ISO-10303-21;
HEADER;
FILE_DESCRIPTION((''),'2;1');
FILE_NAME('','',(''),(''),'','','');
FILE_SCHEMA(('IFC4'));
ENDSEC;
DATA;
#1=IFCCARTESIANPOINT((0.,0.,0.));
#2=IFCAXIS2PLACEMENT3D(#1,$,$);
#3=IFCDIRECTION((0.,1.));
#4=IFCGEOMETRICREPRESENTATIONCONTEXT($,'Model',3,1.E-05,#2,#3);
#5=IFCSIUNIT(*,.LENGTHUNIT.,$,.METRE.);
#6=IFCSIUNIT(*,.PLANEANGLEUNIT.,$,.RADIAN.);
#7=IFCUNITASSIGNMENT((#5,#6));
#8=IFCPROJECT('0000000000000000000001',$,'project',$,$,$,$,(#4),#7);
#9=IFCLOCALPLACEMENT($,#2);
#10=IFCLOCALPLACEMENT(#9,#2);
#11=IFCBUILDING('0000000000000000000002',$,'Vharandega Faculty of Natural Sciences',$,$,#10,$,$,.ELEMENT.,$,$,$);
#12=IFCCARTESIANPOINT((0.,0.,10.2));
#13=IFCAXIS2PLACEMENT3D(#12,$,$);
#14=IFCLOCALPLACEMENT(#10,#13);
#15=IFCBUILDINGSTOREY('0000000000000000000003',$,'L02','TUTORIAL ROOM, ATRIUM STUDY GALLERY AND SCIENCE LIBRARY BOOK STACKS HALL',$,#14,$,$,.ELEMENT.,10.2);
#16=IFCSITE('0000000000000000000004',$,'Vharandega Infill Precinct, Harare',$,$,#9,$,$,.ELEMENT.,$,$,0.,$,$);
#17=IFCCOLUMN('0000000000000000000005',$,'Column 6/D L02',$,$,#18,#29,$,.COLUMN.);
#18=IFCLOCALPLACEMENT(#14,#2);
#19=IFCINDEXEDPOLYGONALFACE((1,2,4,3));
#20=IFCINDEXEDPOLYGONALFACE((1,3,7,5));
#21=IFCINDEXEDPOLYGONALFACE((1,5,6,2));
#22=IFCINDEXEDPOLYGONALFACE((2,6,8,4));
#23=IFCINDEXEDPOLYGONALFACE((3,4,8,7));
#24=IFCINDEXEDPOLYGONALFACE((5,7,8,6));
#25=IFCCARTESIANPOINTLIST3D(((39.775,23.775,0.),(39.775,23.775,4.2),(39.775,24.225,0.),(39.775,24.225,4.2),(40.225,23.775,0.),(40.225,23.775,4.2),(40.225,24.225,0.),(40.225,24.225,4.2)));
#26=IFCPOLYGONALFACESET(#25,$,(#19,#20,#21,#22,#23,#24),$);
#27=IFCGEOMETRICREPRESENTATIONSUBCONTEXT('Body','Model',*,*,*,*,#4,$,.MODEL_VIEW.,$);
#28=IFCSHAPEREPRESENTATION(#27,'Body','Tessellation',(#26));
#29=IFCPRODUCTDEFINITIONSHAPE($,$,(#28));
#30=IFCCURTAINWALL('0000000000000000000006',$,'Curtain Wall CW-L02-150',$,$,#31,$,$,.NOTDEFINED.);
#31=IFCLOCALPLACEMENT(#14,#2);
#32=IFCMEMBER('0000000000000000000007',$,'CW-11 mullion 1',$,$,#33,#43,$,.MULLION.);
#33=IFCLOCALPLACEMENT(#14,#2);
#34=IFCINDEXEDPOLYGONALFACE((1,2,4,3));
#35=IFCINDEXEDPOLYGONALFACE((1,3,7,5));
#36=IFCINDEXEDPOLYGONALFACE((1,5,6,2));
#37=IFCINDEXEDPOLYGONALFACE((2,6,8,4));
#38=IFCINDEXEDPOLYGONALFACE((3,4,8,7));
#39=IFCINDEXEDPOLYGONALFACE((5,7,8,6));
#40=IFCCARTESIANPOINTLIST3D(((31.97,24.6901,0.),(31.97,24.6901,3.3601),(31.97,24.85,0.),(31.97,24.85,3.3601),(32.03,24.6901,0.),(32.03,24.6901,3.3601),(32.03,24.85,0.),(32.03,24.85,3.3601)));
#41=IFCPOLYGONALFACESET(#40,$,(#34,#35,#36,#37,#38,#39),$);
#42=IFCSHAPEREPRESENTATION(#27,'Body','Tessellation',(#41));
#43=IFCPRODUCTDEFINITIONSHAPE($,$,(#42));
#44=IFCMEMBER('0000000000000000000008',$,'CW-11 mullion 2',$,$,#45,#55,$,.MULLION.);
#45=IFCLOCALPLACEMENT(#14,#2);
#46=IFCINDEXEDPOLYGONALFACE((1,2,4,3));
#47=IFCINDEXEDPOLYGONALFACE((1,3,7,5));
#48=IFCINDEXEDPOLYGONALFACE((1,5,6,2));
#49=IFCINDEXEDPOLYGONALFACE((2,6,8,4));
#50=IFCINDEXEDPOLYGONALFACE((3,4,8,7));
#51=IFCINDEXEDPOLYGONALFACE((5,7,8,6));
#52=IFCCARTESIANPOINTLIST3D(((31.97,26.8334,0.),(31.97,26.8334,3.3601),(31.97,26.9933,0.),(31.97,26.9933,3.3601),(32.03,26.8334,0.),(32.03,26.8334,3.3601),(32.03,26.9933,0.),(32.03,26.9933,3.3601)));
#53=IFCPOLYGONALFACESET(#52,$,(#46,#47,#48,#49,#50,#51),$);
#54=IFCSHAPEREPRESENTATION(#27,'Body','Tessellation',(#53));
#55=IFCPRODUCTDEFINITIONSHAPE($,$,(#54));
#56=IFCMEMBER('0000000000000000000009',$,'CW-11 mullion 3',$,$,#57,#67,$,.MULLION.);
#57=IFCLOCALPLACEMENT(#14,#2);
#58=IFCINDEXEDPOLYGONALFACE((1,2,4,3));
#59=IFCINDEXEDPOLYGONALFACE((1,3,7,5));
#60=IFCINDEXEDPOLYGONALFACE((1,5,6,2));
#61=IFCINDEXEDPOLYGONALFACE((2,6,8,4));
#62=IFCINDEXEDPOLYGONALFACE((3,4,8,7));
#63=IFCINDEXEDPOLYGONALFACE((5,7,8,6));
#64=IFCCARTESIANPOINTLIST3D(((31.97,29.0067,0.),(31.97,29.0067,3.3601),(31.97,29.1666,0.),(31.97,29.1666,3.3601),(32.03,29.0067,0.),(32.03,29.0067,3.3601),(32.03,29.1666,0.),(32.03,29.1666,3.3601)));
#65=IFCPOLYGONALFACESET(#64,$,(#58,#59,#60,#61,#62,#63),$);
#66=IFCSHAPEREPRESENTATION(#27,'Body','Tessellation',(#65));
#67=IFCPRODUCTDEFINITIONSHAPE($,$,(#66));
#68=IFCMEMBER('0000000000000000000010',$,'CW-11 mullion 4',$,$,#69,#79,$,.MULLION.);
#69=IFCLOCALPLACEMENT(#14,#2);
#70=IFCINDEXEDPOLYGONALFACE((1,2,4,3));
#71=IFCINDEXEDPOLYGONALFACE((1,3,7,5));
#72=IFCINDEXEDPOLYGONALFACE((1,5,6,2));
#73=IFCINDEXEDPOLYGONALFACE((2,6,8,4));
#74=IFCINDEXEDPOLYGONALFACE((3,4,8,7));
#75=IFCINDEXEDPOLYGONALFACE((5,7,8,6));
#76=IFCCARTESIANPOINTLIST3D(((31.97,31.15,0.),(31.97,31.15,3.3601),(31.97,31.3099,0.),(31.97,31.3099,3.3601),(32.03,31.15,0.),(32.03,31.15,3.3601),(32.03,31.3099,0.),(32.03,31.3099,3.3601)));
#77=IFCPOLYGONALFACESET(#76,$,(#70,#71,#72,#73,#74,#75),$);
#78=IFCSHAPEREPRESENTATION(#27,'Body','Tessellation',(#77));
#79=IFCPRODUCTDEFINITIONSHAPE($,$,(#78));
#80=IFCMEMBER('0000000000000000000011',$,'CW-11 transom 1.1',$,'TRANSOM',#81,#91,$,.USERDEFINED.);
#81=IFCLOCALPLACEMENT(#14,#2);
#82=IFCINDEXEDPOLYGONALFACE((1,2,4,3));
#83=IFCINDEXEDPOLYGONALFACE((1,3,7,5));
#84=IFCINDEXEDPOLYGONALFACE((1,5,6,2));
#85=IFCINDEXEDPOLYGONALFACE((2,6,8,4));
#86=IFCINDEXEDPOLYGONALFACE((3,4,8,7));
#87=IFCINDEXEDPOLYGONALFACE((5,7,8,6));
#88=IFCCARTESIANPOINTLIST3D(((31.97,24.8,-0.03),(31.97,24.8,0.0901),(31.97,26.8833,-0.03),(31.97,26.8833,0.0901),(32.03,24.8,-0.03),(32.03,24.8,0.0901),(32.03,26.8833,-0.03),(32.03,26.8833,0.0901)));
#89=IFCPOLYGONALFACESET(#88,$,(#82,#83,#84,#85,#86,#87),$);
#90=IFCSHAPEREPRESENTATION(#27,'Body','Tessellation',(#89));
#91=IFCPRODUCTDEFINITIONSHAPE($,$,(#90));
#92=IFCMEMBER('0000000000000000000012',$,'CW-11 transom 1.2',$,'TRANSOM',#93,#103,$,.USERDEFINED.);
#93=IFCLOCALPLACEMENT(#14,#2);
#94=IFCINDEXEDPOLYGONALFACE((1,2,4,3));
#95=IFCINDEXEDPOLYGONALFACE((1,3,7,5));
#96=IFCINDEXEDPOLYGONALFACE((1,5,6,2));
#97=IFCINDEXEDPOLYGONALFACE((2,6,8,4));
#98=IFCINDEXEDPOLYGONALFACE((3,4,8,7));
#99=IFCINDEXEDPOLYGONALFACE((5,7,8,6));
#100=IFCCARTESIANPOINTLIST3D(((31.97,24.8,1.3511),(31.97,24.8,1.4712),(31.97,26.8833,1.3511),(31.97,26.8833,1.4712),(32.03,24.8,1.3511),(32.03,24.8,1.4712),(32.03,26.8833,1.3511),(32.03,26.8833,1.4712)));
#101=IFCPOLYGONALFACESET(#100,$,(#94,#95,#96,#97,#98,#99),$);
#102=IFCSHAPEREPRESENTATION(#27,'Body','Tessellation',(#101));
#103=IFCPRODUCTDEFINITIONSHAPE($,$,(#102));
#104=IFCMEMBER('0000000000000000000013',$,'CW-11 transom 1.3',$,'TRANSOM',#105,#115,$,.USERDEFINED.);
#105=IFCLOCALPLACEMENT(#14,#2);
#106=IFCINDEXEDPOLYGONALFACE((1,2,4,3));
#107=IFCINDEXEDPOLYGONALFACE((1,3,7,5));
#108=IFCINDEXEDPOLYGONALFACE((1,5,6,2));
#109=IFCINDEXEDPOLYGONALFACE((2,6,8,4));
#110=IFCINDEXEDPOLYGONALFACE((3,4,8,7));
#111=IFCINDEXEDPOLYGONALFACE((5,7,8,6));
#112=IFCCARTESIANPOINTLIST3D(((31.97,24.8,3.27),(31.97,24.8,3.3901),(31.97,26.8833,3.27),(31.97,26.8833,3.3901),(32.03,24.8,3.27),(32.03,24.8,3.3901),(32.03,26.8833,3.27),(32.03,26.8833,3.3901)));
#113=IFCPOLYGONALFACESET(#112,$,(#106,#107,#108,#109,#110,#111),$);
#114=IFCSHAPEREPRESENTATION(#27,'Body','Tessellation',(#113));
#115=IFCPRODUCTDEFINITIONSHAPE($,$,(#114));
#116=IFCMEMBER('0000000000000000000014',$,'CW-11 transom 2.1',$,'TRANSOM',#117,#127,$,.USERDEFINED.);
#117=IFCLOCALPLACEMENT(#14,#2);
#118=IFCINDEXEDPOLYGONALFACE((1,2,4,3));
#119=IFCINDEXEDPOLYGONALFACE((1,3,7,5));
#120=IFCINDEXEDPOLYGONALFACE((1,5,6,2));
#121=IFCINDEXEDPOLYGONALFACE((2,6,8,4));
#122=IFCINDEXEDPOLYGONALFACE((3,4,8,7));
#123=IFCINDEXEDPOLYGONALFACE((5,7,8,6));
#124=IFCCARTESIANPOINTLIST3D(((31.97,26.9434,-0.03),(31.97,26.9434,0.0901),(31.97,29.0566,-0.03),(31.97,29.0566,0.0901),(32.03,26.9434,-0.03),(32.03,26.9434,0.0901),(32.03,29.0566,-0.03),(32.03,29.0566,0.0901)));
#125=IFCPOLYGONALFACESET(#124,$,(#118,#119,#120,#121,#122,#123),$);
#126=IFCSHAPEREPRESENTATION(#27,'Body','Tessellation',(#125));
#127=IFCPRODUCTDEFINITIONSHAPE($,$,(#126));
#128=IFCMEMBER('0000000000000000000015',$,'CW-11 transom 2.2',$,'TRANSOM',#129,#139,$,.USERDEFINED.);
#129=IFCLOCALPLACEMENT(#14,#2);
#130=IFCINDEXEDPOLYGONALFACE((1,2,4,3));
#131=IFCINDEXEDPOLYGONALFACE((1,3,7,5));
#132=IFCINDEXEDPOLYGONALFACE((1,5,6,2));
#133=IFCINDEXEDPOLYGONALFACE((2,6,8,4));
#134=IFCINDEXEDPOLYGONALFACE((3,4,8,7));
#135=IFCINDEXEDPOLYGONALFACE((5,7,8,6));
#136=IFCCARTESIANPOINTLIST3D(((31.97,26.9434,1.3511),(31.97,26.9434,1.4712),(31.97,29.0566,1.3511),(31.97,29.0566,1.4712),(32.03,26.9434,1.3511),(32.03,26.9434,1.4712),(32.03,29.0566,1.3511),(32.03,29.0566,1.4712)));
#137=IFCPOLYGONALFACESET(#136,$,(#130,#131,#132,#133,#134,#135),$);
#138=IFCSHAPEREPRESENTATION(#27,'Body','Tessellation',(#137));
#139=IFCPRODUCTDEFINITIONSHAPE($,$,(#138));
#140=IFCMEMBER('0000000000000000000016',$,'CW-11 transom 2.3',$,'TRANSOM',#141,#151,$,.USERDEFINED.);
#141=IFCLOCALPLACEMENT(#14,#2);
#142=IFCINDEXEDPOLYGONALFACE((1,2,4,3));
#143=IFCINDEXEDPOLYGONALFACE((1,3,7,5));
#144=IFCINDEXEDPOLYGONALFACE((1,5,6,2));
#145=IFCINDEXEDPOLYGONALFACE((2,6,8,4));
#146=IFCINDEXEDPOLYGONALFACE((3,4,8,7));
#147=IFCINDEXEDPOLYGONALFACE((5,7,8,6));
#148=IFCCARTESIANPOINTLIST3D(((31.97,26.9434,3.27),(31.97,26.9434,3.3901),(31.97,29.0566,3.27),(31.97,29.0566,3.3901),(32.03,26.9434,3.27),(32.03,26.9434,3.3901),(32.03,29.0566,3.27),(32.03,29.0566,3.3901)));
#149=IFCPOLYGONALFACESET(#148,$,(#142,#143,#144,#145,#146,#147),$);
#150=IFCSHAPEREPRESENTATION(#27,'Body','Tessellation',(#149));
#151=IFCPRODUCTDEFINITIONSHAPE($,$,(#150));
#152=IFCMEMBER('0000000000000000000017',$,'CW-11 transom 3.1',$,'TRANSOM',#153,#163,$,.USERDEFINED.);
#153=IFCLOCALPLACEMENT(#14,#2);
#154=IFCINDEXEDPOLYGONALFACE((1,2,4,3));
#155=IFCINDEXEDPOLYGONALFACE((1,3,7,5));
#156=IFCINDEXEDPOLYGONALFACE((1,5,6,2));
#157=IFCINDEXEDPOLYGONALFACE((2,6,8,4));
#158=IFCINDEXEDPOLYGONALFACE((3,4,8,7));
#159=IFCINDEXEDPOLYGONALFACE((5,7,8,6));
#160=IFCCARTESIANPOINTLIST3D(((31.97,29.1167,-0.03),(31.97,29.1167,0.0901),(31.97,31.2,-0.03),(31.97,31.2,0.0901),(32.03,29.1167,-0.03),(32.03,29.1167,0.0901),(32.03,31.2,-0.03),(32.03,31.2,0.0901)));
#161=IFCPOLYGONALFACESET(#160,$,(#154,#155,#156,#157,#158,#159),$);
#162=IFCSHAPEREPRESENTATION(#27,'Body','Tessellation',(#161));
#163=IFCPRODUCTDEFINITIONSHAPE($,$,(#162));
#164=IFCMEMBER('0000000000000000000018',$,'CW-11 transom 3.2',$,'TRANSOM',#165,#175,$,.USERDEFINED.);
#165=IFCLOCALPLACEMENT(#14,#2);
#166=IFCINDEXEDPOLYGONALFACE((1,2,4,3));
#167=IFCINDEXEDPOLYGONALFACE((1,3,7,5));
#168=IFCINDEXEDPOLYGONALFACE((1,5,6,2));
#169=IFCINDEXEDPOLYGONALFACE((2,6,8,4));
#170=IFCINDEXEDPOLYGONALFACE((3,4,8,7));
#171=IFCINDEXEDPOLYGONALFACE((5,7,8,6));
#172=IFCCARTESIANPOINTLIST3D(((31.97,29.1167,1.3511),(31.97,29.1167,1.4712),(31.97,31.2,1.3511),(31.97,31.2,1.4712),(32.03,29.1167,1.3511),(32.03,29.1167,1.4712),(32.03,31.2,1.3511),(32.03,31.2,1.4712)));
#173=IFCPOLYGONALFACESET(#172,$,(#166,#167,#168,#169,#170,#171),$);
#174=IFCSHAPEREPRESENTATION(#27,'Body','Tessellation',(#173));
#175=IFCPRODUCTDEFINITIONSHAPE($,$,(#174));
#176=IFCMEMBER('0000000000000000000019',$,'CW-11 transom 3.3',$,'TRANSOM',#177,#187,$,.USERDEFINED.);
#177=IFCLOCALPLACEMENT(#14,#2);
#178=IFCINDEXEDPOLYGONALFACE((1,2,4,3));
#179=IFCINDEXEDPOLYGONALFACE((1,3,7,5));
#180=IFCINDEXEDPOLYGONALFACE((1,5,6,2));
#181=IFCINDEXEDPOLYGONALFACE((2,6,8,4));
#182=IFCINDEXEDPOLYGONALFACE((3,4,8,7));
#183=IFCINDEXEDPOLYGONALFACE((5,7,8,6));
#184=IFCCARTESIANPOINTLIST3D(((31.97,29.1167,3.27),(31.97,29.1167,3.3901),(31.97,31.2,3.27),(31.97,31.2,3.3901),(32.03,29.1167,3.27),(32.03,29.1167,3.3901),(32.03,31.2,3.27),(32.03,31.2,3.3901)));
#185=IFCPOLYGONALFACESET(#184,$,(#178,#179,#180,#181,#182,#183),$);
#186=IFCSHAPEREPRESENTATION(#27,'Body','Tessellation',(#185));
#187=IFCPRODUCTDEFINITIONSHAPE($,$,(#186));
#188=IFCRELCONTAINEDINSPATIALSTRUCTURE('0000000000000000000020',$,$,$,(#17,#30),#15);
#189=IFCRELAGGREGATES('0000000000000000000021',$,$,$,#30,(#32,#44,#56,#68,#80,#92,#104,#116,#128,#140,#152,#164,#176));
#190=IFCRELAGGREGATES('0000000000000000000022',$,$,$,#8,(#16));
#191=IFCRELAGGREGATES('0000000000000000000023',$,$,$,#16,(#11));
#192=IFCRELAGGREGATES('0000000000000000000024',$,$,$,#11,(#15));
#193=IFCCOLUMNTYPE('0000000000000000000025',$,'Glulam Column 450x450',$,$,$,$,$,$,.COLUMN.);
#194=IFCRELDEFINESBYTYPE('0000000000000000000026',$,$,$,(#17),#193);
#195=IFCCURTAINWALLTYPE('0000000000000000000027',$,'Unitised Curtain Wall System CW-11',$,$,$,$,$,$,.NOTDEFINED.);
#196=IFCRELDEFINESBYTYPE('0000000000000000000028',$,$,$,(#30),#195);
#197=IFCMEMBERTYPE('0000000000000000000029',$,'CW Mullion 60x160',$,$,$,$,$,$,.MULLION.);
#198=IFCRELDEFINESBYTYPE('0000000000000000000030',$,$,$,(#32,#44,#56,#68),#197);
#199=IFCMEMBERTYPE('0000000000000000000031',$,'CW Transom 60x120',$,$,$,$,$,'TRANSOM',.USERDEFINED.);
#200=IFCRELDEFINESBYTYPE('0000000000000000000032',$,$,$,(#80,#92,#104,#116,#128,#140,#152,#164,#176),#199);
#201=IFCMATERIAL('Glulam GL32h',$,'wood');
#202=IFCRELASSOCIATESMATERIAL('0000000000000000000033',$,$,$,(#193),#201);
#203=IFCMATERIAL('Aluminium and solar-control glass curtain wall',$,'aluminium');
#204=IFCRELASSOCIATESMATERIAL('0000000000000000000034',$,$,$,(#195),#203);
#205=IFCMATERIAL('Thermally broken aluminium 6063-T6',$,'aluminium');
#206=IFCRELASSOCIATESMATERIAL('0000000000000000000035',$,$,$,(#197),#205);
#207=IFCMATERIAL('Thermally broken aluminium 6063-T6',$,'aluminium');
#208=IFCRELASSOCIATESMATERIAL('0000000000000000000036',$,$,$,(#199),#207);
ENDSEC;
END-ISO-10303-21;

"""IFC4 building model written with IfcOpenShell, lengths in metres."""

from ifc_helpers import new_model, si_unit, direction, frame, origin, origin_2d, place, context, subcontext, project, spatial, rectangle, extrude, material, material_profile, profile_set, type_object, element, aggregate, save


model = new_model("IFC4")

# Units and contexts
model_context = context("Model", 3, precision=1e-05, world=origin(), true_north=direction((0.0, 1.0)))
body_context = subcontext(model_context, "Body", "Model", "MODEL_VIEW")
ifc_project = project(units=[si_unit("LENGTHUNIT", "METRE"), si_unit("PLANEANGLEUNIT", "RADIAN")], contexts=[model_context])

# Site, building, storey
site_placement = place(None, origin())
site = spatial("IfcSite", under=ifc_project, at=site_placement, Name="Vharandega Infill Precinct, Harare", CompositionType="ELEMENT", RefElevation=0.0)
building_placement = place(site_placement, origin())
building = spatial("IfcBuilding", under=site, at=building_placement, Name="Vharandega Faculty of Natural Sciences", CompositionType="ELEMENT")
storey_placement = place(building_placement, frame((0.0, 0.0, 10.2)))
storey = spatial("IfcBuildingStorey", under=building, at=storey_placement, Name="L02", Description="TUTORIAL ROOM, ATRIUM STUDY GALLERY AND SCIENCE LIBRARY BOOK STACKS HALL", CompositionType="ELEMENT", Elevation=10.2)

# Column
ifc_material_1 = material(Name="Glulam GL32h", Category="wood")
ifc_material_profile_1 = material_profile(ifc_material_1, rectangle(XDim=0.45, YDim=0.45, at=origin_2d()), Name="GL32h 450x450")
ifc_profile_set_1 = profile_set([ifc_material_profile_1], Name="Glulam GL32h")
column_type = type_object("IfcColumnType", Name="Glulam Column 450x450", PredefinedType="COLUMN", material=ifc_profile_set_1)
column_placement = place(storey_placement, frame((40.0, 24.0, 0.0), z_axis=(0.0, 0.0, 1.0), x_axis=(1.0, 0.0, 0.0)))
element("IfcColumn", 1, at=column_placement, inside=storey, type_object=column_type, Name="Column 6/D L02", PredefinedType="COLUMN", context=body_context, shape_type="SweptSolid", body=[
    extrude(rectangle(XDim=0.45, YDim=0.45, at=origin_2d()), origin(), (0.0, 0.0, 1.0), 4.2),
])

# Curtain wall, members
ifc_material_2 = material(Name="Aluminium and solar-control glass curtain wall", Category="aluminium")
curtain_wall_type = type_object("IfcCurtainWallType", Name="Unitised Curtain Wall System CW-11", PredefinedType="NOTDEFINED", material=ifc_material_2)
curtain_wall_placement = place(storey_placement, origin())
curtain_wall = element("IfcCurtainWall", 2, at=curtain_wall_placement, inside=storey, type_object=curtain_wall_type, Name="Curtain Wall CW-L02-150", PredefinedType="NOTDEFINED")
ifc_material_3 = material(Name="Thermally broken aluminium 6063-T6", Category="aluminium")
ifc_material_profile_2 = material_profile(ifc_material_3, rectangle(XDim=0.0601, YDim=0.1599, at=origin_2d()), Name="ALU 60x160")
ifc_profile_set_2 = profile_set([ifc_material_profile_2], Name="Thermally broken aluminium 6063-T6")
member_type_1 = type_object("IfcMemberType", Name="CW Mullion 60x160", PredefinedType="MULLION", material=ifc_profile_set_2)
member_1_placement = place(storey_placement, frame((32.0, 24.77, 0.0), z_axis=(0.0, 0.0, 1.0), x_axis=(-1.0, 0.0, 0.0)))
member_1 = element("IfcMember", 3, at=member_1_placement, type_object=member_type_1, Name="CW-11 mullion 1", PredefinedType="MULLION", context=body_context, shape_type="SweptSolid", body=[
    extrude(rectangle(XDim=0.0601, YDim=0.1599, at=origin_2d()), origin(), (0.0, 0.0, 1.0), 3.3601),
])
member_2_placement = place(storey_placement, frame((32.0, 26.9133, 0.0), z_axis=(0.0, 0.0, 1.0), x_axis=(-1.0, 0.0, 0.0)))
member_2 = element("IfcMember", 4, at=member_2_placement, type_object=member_type_1, Name="CW-11 mullion 2", PredefinedType="MULLION", context=body_context, shape_type="SweptSolid", body=[
    extrude(rectangle(XDim=0.0601, YDim=0.1599, at=origin_2d()), origin(), (0.0, 0.0, 1.0), 3.3601),
])
member_3_placement = place(storey_placement, frame((32.0, 29.0867, 0.0), z_axis=(0.0, 0.0, 1.0), x_axis=(-1.0, 0.0, 0.0)))
member_3 = element("IfcMember", 5, at=member_3_placement, type_object=member_type_1, Name="CW-11 mullion 3", PredefinedType="MULLION", context=body_context, shape_type="SweptSolid", body=[
    extrude(rectangle(XDim=0.0601, YDim=0.1599, at=origin_2d()), origin(), (0.0, 0.0, 1.0), 3.3601),
])
member_4_placement = place(storey_placement, frame((32.0, 31.23, 0.0), z_axis=(0.0, 0.0, 1.0), x_axis=(-1.0, 0.0, 0.0)))
member_4 = element("IfcMember", 6, at=member_4_placement, type_object=member_type_1, Name="CW-11 mullion 4", PredefinedType="MULLION", context=body_context, shape_type="SweptSolid", body=[
    extrude(rectangle(XDim=0.0601, YDim=0.1599, at=origin_2d()), origin(), (0.0, 0.0, 1.0), 3.3601),
])
ifc_material_4 = material(Name="Thermally broken aluminium 6063-T6", Category="aluminium")
ifc_material_profile_3 = material_profile(ifc_material_4, rectangle(XDim=0.0601, YDim=0.1201, at=origin_2d()), Name="ALU 60x120")
ifc_profile_set_3 = profile_set([ifc_material_profile_3], Name="Thermally broken aluminium 6063-T6")
member_type_2 = type_object("IfcMemberType", Name="CW Transom 60x120", ElementType="TRANSOM", PredefinedType="USERDEFINED", material=ifc_profile_set_3)
member_5_placement = place(storey_placement, frame((32.0, 24.8, 0.03), z_axis=(0.0, 1.0, 0.0), x_axis=(-1.0, 0.0, 0.0)))
member_5 = element("IfcMember", 7, at=member_5_placement, type_object=member_type_2, Name="CW-11 transom 1.1", ObjectType="TRANSOM", PredefinedType="USERDEFINED", context=body_context, shape_type="SweptSolid", body=[
    extrude(rectangle(XDim=0.0601, YDim=0.1201, at=origin_2d()), origin(), (0.0, 0.0, 1.0), 2.0833),
])
member_6_placement = place(storey_placement, frame((32.0, 24.8, 1.4111), z_axis=(0.0, 1.0, 0.0), x_axis=(-1.0, 0.0, 0.0)))
member_6 = element("IfcMember", 8, at=member_6_placement, type_object=member_type_2, Name="CW-11 transom 1.2", ObjectType="TRANSOM", PredefinedType="USERDEFINED", context=body_context, shape_type="SweptSolid", body=[
    extrude(rectangle(XDim=0.0601, YDim=0.1201, at=origin_2d()), origin(), (0.0, 0.0, 1.0), 2.0833),
])
member_7_placement = place(storey_placement, frame((32.0, 24.8, 3.3301), z_axis=(0.0, 1.0, 0.0), x_axis=(-1.0, 0.0, 0.0)))
member_7 = element("IfcMember", 9, at=member_7_placement, type_object=member_type_2, Name="CW-11 transom 1.3", ObjectType="TRANSOM", PredefinedType="USERDEFINED", context=body_context, shape_type="SweptSolid", body=[
    extrude(rectangle(XDim=0.0601, YDim=0.1201, at=origin_2d()), origin(), (0.0, 0.0, 1.0), 2.0833),
])
member_8_placement = place(storey_placement, frame((32.0, 26.9434, 0.03), z_axis=(0.0, 1.0, 0.0), x_axis=(-1.0, 0.0, 0.0)))
member_8 = element("IfcMember", 10, at=member_8_placement, type_object=member_type_2, Name="CW-11 transom 2.1", ObjectType="TRANSOM", PredefinedType="USERDEFINED", context=body_context, shape_type="SweptSolid", body=[
    extrude(rectangle(XDim=0.0601, YDim=0.1201, at=origin_2d()), origin(), (0.0, 0.0, 1.0), 2.1133),
])
member_9_placement = place(storey_placement, frame((32.0, 26.9434, 1.4111), z_axis=(0.0, 1.0, 0.0), x_axis=(-1.0, 0.0, 0.0)))
member_9 = element("IfcMember", 11, at=member_9_placement, type_object=member_type_2, Name="CW-11 transom 2.2", ObjectType="TRANSOM", PredefinedType="USERDEFINED", context=body_context, shape_type="SweptSolid", body=[
    extrude(rectangle(XDim=0.0601, YDim=0.1201, at=origin_2d()), origin(), (0.0, 0.0, 1.0), 2.1133),
])
member_10_placement = place(storey_placement, frame((32.0, 26.9434, 3.3301), z_axis=(0.0, 1.0, 0.0), x_axis=(-1.0, 0.0, 0.0)))
member_10 = element("IfcMember", 12, at=member_10_placement, type_object=member_type_2, Name="CW-11 transom 2.3", ObjectType="TRANSOM", PredefinedType="USERDEFINED", context=body_context, shape_type="SweptSolid", body=[
    extrude(rectangle(XDim=0.0601, YDim=0.1201, at=origin_2d()), origin(), (0.0, 0.0, 1.0), 2.1133),
])
member_11_placement = place(storey_placement, frame((32.0, 29.1167, 0.03), z_axis=(0.0, 1.0, 0.0), x_axis=(-1.0, 0.0, 0.0)))
member_11 = element("IfcMember", 13, at=member_11_placement, type_object=member_type_2, Name="CW-11 transom 3.1", ObjectType="TRANSOM", PredefinedType="USERDEFINED", context=body_context, shape_type="SweptSolid", body=[
    extrude(rectangle(XDim=0.0601, YDim=0.1201, at=origin_2d()), origin(), (0.0, 0.0, 1.0), 2.0833),
])
member_12_placement = place(storey_placement, frame((32.0, 29.1167, 1.4111), z_axis=(0.0, 1.0, 0.0), x_axis=(-1.0, 0.0, 0.0)))
member_12 = element("IfcMember", 14, at=member_12_placement, type_object=member_type_2, Name="CW-11 transom 3.2", ObjectType="TRANSOM", PredefinedType="USERDEFINED", context=body_context, shape_type="SweptSolid", body=[
    extrude(rectangle(XDim=0.0601, YDim=0.1201, at=origin_2d()), origin(), (0.0, 0.0, 1.0), 2.0833),
])
member_13_placement = place(storey_placement, frame((32.0, 29.1167, 3.3301), z_axis=(0.0, 1.0, 0.0), x_axis=(-1.0, 0.0, 0.0)))
member_13 = element("IfcMember", 15, at=member_13_placement, type_object=member_type_2, Name="CW-11 transom 3.3", ObjectType="TRANSOM", PredefinedType="USERDEFINED", context=body_context, shape_type="SweptSolid", body=[
    extrude(rectangle(XDim=0.0601, YDim=0.1201, at=origin_2d()), origin(), (0.0, 0.0, 1.0), 2.0833),
])

aggregate(curtain_wall, [member_1, member_2, member_3, member_4, member_5, member_6, member_7, member_8, member_9, member_10, member_11, member_12, member_13])

save(model, "model.ifc")
